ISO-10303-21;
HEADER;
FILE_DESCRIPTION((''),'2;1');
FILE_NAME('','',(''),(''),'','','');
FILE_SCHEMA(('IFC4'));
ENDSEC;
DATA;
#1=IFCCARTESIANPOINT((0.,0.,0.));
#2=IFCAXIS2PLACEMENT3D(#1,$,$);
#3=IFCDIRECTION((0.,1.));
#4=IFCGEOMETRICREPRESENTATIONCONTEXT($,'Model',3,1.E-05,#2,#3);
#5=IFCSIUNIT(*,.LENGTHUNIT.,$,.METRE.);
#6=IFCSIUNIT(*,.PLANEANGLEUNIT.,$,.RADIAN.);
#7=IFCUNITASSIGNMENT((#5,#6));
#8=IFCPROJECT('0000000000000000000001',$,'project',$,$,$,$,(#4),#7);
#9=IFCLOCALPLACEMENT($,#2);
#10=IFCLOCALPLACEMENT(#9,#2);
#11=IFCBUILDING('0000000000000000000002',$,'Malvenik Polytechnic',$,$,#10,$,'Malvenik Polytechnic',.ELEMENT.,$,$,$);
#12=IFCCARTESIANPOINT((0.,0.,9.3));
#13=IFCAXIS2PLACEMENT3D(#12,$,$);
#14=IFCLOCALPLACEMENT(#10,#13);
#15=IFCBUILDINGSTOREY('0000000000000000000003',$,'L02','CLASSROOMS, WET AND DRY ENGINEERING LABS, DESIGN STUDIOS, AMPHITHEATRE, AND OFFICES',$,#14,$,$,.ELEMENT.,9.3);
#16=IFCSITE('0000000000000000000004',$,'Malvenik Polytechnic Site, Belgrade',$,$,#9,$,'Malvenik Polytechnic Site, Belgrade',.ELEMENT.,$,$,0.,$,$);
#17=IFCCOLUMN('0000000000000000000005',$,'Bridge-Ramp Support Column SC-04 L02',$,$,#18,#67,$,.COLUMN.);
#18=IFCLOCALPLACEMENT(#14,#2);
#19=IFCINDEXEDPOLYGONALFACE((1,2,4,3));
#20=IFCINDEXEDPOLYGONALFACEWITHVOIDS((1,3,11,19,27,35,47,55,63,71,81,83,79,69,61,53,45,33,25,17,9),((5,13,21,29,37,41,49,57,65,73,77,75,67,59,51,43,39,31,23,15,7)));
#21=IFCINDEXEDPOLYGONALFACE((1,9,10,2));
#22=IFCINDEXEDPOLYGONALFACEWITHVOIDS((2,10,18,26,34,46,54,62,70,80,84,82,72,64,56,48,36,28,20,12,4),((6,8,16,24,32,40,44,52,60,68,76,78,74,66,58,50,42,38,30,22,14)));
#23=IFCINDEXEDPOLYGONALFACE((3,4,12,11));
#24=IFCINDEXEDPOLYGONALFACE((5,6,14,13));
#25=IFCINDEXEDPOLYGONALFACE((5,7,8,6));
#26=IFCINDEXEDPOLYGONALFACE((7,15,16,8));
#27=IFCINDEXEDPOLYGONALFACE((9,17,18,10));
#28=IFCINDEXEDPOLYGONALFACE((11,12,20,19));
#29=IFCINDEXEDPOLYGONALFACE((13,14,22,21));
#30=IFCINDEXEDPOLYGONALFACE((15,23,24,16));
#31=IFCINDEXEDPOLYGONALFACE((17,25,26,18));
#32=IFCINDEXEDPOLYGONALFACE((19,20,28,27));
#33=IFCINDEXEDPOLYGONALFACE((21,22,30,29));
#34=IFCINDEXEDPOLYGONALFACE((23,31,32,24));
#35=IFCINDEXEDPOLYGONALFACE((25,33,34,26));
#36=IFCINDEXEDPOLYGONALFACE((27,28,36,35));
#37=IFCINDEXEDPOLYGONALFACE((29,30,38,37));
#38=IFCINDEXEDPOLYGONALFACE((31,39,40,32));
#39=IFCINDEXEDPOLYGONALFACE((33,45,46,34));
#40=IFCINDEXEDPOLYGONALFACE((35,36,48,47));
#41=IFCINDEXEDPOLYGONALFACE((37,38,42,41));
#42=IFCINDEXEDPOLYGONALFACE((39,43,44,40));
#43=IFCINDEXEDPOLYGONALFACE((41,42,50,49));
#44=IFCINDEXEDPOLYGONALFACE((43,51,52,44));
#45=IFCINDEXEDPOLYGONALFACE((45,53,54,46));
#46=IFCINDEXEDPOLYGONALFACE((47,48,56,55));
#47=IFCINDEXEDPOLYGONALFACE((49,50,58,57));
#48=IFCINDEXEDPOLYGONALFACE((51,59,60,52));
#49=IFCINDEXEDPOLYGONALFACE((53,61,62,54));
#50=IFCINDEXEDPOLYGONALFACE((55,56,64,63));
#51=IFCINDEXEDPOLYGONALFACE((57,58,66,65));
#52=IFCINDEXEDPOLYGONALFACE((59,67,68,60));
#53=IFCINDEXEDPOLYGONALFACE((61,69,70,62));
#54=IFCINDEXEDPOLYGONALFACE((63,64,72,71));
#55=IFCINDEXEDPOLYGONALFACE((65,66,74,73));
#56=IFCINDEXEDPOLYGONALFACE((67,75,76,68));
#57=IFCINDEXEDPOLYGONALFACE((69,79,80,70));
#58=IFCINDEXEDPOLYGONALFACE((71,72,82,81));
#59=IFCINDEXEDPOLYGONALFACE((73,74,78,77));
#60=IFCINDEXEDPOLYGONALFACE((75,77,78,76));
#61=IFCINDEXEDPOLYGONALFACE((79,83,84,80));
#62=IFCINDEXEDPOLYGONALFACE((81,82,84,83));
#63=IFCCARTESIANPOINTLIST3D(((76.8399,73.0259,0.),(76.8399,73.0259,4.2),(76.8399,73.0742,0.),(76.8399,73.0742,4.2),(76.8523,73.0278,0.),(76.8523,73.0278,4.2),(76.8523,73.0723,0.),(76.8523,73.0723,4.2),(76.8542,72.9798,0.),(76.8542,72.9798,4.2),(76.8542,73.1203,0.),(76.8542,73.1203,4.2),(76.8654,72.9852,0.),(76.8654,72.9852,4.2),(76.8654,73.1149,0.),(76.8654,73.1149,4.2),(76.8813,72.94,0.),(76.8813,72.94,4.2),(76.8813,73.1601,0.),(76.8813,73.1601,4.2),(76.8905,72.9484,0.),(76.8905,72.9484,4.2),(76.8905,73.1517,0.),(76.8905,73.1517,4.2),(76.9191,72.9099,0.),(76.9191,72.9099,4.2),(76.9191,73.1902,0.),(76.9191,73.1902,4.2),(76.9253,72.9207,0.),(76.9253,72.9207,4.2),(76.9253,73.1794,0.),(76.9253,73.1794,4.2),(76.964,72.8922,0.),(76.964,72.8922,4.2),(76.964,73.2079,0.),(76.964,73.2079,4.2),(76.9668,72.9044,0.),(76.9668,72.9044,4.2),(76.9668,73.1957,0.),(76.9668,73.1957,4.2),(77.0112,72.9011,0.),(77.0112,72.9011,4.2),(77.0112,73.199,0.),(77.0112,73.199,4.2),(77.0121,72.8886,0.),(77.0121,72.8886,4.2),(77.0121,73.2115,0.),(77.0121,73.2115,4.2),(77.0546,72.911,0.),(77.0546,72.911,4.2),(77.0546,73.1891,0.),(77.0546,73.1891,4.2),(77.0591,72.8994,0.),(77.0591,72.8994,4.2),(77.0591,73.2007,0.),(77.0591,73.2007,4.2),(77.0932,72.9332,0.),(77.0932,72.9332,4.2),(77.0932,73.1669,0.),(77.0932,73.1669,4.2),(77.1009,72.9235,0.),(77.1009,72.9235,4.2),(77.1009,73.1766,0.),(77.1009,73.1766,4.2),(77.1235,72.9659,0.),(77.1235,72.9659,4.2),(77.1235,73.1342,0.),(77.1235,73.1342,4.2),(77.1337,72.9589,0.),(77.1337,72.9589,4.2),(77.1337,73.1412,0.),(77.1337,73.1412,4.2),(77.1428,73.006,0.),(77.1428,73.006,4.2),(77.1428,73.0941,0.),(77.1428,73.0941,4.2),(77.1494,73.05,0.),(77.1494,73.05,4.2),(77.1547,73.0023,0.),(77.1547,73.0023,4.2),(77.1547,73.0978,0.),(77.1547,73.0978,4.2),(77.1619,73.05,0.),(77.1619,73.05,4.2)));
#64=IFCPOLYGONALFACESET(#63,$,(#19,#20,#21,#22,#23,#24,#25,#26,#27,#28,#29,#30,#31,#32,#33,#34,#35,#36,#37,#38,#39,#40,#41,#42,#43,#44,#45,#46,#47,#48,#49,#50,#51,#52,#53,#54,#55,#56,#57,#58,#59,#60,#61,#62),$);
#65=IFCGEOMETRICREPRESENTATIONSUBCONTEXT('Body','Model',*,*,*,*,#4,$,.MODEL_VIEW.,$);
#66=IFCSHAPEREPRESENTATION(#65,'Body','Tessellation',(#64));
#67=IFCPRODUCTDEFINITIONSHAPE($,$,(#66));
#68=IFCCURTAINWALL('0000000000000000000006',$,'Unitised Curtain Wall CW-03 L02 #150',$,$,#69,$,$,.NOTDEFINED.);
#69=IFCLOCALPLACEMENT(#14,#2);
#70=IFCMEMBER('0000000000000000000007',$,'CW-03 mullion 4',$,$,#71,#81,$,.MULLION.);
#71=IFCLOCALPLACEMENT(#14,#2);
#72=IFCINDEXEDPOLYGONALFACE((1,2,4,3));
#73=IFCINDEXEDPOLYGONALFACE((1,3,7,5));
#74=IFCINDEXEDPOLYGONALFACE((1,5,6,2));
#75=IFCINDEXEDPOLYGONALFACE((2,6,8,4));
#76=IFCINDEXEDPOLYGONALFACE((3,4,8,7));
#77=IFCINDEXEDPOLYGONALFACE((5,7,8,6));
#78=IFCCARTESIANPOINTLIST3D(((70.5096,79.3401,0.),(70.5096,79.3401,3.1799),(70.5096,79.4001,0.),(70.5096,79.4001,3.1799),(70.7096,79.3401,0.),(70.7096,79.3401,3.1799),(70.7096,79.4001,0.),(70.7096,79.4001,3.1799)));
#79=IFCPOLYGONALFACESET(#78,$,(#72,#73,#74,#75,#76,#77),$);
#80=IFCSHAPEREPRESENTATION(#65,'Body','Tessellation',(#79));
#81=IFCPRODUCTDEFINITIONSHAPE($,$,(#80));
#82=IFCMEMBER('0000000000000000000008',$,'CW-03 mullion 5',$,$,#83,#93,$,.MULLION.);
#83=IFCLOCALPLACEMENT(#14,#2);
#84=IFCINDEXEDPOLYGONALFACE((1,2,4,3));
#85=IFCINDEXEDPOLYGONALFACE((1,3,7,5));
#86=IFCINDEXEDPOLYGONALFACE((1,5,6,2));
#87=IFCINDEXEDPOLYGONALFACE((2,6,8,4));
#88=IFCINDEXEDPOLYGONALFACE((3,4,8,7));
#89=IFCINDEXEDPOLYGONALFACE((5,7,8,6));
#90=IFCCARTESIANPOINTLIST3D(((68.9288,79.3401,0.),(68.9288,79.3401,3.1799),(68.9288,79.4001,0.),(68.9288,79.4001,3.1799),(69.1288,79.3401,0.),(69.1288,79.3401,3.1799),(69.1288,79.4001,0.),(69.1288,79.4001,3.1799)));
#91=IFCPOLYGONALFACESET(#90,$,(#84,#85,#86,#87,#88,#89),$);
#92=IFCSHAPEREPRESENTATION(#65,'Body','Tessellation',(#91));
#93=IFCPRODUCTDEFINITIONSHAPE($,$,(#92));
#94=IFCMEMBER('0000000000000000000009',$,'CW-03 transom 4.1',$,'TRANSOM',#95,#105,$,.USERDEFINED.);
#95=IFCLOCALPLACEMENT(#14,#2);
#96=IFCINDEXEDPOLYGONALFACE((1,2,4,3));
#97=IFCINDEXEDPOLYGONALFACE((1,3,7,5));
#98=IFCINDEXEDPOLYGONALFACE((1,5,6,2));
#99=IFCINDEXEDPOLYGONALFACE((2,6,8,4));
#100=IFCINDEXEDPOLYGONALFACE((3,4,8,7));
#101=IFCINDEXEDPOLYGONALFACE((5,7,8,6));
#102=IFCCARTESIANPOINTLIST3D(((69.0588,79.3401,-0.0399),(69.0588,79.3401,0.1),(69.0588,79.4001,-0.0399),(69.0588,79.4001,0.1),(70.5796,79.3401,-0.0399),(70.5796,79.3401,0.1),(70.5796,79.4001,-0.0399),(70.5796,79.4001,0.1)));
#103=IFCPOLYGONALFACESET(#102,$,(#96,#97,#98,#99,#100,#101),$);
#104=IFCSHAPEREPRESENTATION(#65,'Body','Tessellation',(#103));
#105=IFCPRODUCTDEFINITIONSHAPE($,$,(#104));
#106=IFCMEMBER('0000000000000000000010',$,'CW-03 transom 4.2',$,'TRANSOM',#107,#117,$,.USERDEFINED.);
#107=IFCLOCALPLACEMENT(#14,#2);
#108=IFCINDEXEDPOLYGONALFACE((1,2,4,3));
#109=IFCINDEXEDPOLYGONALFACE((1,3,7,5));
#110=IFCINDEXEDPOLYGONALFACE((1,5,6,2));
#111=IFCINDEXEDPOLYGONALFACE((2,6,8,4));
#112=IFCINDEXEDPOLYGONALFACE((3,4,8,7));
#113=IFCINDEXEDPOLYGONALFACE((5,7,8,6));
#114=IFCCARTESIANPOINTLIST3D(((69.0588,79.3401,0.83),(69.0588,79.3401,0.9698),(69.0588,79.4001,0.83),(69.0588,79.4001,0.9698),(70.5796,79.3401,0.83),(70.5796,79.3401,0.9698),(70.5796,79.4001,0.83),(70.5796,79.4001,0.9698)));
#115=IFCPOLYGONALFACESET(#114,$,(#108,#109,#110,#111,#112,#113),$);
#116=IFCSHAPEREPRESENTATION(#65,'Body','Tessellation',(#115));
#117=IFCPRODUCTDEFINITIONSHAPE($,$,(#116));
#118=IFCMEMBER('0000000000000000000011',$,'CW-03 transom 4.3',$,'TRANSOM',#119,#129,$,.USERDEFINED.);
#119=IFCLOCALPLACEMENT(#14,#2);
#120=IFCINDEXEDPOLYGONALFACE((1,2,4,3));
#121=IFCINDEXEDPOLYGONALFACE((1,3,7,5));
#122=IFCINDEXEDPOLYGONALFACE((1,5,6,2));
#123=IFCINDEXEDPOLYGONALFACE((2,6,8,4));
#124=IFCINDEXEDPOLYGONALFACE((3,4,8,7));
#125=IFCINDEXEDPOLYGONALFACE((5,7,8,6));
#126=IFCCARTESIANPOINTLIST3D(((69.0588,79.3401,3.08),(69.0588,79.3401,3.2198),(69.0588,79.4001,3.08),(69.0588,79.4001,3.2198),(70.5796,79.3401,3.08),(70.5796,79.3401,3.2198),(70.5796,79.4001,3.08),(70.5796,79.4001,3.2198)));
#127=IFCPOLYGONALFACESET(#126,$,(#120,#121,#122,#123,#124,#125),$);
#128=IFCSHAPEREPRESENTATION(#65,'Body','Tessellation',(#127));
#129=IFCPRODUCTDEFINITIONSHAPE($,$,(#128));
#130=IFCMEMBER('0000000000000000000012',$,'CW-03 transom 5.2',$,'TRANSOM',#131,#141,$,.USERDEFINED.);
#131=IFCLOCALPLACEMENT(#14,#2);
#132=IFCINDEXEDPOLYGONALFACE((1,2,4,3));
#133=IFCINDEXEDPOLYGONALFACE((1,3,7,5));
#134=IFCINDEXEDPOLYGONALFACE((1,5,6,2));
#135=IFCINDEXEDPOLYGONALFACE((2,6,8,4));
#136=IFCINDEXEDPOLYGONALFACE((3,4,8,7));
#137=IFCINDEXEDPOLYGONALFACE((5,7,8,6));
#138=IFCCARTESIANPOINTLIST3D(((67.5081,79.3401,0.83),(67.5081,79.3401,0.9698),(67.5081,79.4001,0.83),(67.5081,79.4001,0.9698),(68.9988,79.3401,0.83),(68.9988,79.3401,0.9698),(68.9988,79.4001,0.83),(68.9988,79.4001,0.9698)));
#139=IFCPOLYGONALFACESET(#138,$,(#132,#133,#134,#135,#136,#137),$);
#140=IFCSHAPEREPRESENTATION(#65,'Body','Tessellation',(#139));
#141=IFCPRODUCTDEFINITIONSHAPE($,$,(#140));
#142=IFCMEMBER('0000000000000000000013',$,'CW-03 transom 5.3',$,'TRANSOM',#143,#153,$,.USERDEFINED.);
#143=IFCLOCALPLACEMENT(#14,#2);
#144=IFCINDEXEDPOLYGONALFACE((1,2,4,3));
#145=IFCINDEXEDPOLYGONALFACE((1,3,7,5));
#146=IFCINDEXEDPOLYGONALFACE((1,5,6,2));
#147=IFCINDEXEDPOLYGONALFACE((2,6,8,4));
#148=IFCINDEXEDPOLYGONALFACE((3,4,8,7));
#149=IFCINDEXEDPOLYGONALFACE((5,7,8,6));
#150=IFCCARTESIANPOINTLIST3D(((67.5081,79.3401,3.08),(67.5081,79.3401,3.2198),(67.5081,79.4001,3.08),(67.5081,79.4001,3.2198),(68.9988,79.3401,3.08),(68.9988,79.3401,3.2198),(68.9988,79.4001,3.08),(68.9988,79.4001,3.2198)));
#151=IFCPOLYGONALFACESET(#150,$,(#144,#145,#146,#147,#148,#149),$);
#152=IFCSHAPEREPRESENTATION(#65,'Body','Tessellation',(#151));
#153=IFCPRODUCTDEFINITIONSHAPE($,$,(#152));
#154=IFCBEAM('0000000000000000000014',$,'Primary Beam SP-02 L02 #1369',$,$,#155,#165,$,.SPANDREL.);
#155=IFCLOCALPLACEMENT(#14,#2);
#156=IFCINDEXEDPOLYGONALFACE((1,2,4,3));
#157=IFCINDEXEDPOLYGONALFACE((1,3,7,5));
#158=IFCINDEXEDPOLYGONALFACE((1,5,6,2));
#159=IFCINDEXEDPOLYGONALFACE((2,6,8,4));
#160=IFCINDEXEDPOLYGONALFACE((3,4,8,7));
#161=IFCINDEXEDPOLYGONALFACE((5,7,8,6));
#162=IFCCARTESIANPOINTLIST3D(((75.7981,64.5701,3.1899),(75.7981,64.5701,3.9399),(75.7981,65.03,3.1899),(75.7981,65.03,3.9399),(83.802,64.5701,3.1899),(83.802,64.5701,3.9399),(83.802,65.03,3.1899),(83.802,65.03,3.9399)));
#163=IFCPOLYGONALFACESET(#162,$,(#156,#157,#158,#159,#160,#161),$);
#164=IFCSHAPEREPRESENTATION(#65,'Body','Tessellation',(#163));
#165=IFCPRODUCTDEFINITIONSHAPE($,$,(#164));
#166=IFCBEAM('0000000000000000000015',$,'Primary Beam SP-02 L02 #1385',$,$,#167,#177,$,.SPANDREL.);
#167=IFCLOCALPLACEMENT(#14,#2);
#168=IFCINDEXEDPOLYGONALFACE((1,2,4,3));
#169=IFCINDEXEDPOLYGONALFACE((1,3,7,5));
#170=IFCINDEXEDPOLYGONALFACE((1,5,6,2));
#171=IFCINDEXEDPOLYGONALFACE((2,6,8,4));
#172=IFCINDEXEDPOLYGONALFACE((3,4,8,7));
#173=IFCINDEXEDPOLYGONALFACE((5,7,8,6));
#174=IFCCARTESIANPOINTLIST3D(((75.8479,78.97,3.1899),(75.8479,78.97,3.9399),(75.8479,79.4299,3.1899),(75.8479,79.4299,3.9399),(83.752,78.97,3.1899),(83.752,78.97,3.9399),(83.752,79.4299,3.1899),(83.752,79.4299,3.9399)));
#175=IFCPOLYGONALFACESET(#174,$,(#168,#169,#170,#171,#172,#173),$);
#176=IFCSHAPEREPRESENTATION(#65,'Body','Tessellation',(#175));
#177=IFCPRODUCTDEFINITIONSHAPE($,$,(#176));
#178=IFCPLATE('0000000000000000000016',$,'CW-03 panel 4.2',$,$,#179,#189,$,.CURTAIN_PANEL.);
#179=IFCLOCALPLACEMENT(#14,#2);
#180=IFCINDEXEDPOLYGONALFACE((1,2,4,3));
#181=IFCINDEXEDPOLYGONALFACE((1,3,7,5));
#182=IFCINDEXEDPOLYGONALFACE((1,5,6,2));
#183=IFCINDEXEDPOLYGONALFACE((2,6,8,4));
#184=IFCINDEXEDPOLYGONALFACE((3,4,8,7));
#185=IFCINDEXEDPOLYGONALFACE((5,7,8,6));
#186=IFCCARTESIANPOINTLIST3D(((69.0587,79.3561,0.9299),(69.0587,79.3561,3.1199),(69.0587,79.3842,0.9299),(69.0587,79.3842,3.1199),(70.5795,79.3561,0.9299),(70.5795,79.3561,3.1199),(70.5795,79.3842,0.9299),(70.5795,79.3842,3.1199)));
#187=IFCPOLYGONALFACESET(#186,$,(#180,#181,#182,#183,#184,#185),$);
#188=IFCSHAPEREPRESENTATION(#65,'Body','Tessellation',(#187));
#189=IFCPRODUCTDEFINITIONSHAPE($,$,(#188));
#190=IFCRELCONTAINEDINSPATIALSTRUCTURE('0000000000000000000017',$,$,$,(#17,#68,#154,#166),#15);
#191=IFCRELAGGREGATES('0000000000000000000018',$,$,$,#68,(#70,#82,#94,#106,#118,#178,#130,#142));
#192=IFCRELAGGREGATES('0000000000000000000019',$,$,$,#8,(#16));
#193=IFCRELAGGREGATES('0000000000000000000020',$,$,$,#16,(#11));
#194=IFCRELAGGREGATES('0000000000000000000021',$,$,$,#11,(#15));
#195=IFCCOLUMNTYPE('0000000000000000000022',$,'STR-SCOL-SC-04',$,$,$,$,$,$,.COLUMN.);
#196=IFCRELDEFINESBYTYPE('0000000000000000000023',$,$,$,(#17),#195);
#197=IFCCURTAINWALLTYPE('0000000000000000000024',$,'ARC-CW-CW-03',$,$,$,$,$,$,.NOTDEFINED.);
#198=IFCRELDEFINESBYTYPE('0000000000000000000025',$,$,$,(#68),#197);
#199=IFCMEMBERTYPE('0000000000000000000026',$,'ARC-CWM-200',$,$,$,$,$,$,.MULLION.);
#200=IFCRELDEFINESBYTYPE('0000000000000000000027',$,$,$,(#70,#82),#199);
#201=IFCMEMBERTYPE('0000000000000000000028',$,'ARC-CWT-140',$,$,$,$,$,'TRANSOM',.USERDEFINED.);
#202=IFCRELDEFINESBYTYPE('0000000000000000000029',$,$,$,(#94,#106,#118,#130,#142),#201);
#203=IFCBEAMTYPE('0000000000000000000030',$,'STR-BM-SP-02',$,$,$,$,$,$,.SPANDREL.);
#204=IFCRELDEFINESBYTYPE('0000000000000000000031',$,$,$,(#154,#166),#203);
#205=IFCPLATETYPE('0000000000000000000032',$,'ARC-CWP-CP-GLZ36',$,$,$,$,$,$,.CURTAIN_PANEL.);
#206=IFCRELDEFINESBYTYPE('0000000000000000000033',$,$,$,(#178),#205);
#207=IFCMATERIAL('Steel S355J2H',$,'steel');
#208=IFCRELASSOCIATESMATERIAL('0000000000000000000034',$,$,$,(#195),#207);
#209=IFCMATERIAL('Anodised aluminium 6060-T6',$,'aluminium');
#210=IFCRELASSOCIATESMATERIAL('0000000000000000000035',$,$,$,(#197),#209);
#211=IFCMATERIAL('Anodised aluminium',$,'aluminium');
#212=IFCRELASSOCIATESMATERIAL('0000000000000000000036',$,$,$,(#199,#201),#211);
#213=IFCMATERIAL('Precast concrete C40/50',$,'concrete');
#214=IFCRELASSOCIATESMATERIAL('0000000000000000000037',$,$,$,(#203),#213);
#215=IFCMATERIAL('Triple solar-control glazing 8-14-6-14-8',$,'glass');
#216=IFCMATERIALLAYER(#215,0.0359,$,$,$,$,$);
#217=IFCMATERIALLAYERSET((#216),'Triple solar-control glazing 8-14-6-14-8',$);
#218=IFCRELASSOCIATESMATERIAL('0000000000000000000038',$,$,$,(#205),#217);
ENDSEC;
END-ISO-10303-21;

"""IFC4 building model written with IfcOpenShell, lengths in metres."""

from ifc_helpers import new_model, si_unit, direction, frame, origin, origin_2d, place, context, subcontext, project, spatial, rectangle, hollow_circle, extrude, material, layer, layer_set, material_profile, profile_set, type_object, element, aggregate, save


model = new_model("IFC4")

# Units and contexts
model_context = context("Model", 3, precision=1e-05, world=origin(), true_north=direction((0.0, 1.0)))
body_context = subcontext(model_context, "Body", "Model", "MODEL_VIEW")
ifc_project = project(units=[si_unit("LENGTHUNIT", "METRE"), si_unit("PLANEANGLEUNIT", "RADIAN")], contexts=[model_context])

# Site, building, storey
site_placement = place(None, origin())
site = spatial("IfcSite", under=ifc_project, at=site_placement, Name="Malvenik Polytechnic Site, Belgrade", LongName="Malvenik Polytechnic Site, Belgrade", CompositionType="ELEMENT", RefElevation=0.0)
building_placement = place(site_placement, origin())
building = spatial("IfcBuilding", under=site, at=building_placement, Name="Malvenik Polytechnic", LongName="Malvenik Polytechnic", CompositionType="ELEMENT")
storey_placement = place(building_placement, frame((0.0, 0.0, 9.3)))
storey = spatial("IfcBuildingStorey", under=building, at=storey_placement, Name="L02", Description="CLASSROOMS, WET AND DRY ENGINEERING LABS, DESIGN STUDIOS, AMPHITHEATRE, AND OFFICES", CompositionType="ELEMENT", Elevation=9.3)

# Column
ifc_material_1 = material(Name="Steel S355J2H", Category="steel")
ifc_material_profile_1 = material_profile(ifc_material_1, hollow_circle(Radius=0.1619, WallThickness=0.0125, at=origin_2d()), Name="CHS 323.9x12.5")
ifc_profile_set_1 = profile_set([ifc_material_profile_1], Name="Steel S355J2H")
column_type_1 = type_object("IfcColumnType", Name="STR-SCOL-SC-04", PredefinedType="COLUMN", material=ifc_profile_set_1)
for number, where, z_axis, x_axis, name in (
    (1, (77.0, 73.05, 0.0), (0.0, 0.0, 1.0), (1.0, 0.0, 0.0), "Bridge-Ramp Support Column SC-04 L02"),
):
    element("IfcColumn", number, at=place(storey_placement, frame(where, z_axis=z_axis, x_axis=x_axis)), inside=storey, type_object=column_type_1, Name=name, PredefinedType="COLUMN", context=body_context, shape_type="SweptSolid", body=[
        extrude(hollow_circle(Radius=0.1619, WallThickness=0.0125, at=origin_2d()), origin(), (0.0, 0.0, 1.0), 4.2),
    ])

# Curtain wall, members
ifc_material_2 = material(Name="Anodised aluminium 6060-T6", Category="aluminium")
curtain_wall_type = type_object("IfcCurtainWallType", Name="ARC-CW-CW-03", PredefinedType="NOTDEFINED", material=ifc_material_2)
curtain_wall_placement = place(storey_placement, origin())
curtain_wall = element("IfcCurtainWall", 2, at=curtain_wall_placement, inside=storey, type_object=curtain_wall_type, Name="Unitised Curtain Wall CW-03 L02 #150", PredefinedType="NOTDEFINED")
ifc_material_3 = material(Name="Anodised aluminium", Category="aluminium")
ifc_material_profile_2 = material_profile(ifc_material_3, rectangle(XDim=0.0601, YDim=0.2, at=origin_2d()), Name="ALU MULLION 60x200")
ifc_profile_set_2 = profile_set([ifc_material_profile_2], Name="Anodised aluminium")
member_type_1 = type_object("IfcMemberType", Name="ARC-CWM-200", PredefinedType="MULLION", material=ifc_profile_set_2)
member_1_placement = place(storey_placement, frame((70.6096, 79.3701, 0.0), z_axis=(0.0, 0.0, 1.0), x_axis=(0.0, -1.0, 0.0)))
member_1 = element("IfcMember", 3, at=member_1_placement, type_object=member_type_1, Name="CW-03 mullion 4", PredefinedType="MULLION", context=body_context, shape_type="SweptSolid", body=[
    extrude(rectangle(XDim=0.0601, YDim=0.2, at=origin_2d()), origin(), (0.0, 0.0, 1.0), 3.1799),
])
member_2_placement = place(storey_placement, frame((69.0288, 79.3701, 0.0), z_axis=(0.0, 0.0, 1.0), x_axis=(0.0, -1.0, 0.0)))
member_2 = element("IfcMember", 4, at=member_2_placement, type_object=member_type_1, Name="CW-03 mullion 5", PredefinedType="MULLION", context=body_context, shape_type="SweptSolid", body=[
    extrude(rectangle(XDim=0.0601, YDim=0.2, at=origin_2d()), origin(), (0.0, 0.0, 1.0), 3.1799),
])
ifc_material_profile_3 = material_profile(ifc_material_3, rectangle(XDim=0.0601, YDim=0.1399, at=origin_2d()), Name="ALU TRANSOM 60x140")
ifc_profile_set_3 = profile_set([ifc_material_profile_3], Name="Anodised aluminium")
member_type_2 = type_object("IfcMemberType", Name="ARC-CWT-140", ElementType="TRANSOM", PredefinedType="USERDEFINED", material=ifc_profile_set_3)
member_3_placement = place(storey_placement, frame((70.5796, 79.3701, 0.03), z_axis=(-1.0, 0.0, 0.0), x_axis=(0.0, -1.0, 0.0)))
member_3 = element("IfcMember", 5, at=member_3_placement, type_object=member_type_2, Name="CW-03 transom 4.1", ObjectType="TRANSOM", PredefinedType="USERDEFINED", context=body_context, shape_type="SweptSolid", body=[
    extrude(rectangle(XDim=0.0601, YDim=0.1399, at=origin_2d()), origin(), (0.0, 0.0, 1.0), 1.5208),
])
member_4_placement = place(storey_placement, frame((70.5796, 79.3701, 0.8999), z_axis=(-1.0, 0.0, 0.0), x_axis=(0.0, -1.0, 0.0)))
member_4 = element("IfcMember", 6, at=member_4_placement, type_object=member_type_2, Name="CW-03 transom 4.2", ObjectType="TRANSOM", PredefinedType="USERDEFINED", context=body_context, shape_type="SweptSolid", body=[
    extrude(rectangle(XDim=0.0601, YDim=0.1399, at=origin_2d()), origin(), (0.0, 0.0, 1.0), 1.5208),
])
member_5_placement = place(storey_placement, frame((70.5796, 79.3701, 3.1499), z_axis=(-1.0, 0.0, 0.0), x_axis=(0.0, -1.0, 0.0)))
member_5 = element("IfcMember", 7, at=member_5_placement, type_object=member_type_2, Name="CW-03 transom 4.3", ObjectType="TRANSOM", PredefinedType="USERDEFINED", context=body_context, shape_type="SweptSolid", body=[
    extrude(rectangle(XDim=0.0601, YDim=0.1399, at=origin_2d()), origin(), (0.0, 0.0, 1.0), 1.5208),
])
member_6_placement = place(storey_placement, frame((68.9988, 79.3701, 0.8999), z_axis=(-1.0, 0.0, 0.0), x_axis=(0.0, -1.0, 0.0)))
member_6 = element("IfcMember", 8, at=member_6_placement, type_object=member_type_2, Name="CW-03 transom 5.2", ObjectType="TRANSOM", PredefinedType="USERDEFINED", context=body_context, shape_type="SweptSolid", body=[
    extrude(rectangle(XDim=0.0601, YDim=0.1399, at=origin_2d()), origin(), (0.0, 0.0, 1.0), 1.4907),
])
member_7_placement = place(storey_placement, frame((68.9988, 79.3701, 3.1499), z_axis=(-1.0, 0.0, 0.0), x_axis=(0.0, -1.0, 0.0)))
member_7 = element("IfcMember", 9, at=member_7_placement, type_object=member_type_2, Name="CW-03 transom 5.3", ObjectType="TRANSOM", PredefinedType="USERDEFINED", context=body_context, shape_type="SweptSolid", body=[
    extrude(rectangle(XDim=0.0601, YDim=0.1399, at=origin_2d()), origin(), (0.0, 0.0, 1.0), 1.4907),
])

# Beams
ifc_material_4 = material(Name="Precast concrete C40/50", Category="concrete")
ifc_material_profile_4 = material_profile(ifc_material_4, rectangle(XDim=0.46, YDim=0.75, at=origin_2d()), Name="PC SPN 460x750")
ifc_profile_set_4 = profile_set([ifc_material_profile_4], Name="Precast concrete C40/50")
beam_type = type_object("IfcBeamType", Name="STR-BM-SP-02", PredefinedType="SPANDREL", material=ifc_profile_set_4)
beam_1_placement = place(storey_placement, frame((75.7981, 64.8, 3.5649), z_axis=(1.0, 0.0, 0.0), x_axis=(0.0, 1.0, 0.0)))
element("IfcBeam", 10, at=beam_1_placement, inside=storey, type_object=beam_type, Name="Primary Beam SP-02 L02 #1369", PredefinedType="SPANDREL", context=body_context, shape_type="SweptSolid", body=[
    extrude(rectangle(XDim=0.46, YDim=0.75, at=origin_2d()), origin(), (0.0, 0.0, 1.0), 8.0039),
])
beam_2_placement = place(storey_placement, frame((75.8479, 79.2, 3.5649), z_axis=(1.0, 0.0, 0.0), x_axis=(0.0, 1.0, 0.0)))
element("IfcBeam", 11, at=beam_2_placement, inside=storey, type_object=beam_type, Name="Primary Beam SP-02 L02 #1385", PredefinedType="SPANDREL", context=body_context, shape_type="SweptSolid", body=[
    extrude(rectangle(XDim=0.46, YDim=0.75, at=origin_2d()), origin(), (0.0, 0.0, 1.0), 7.9041),
])

# Plate
ifc_material_5 = material(Name="Triple solar-control glazing 8-14-6-14-8", Category="glass")
ifc_layer_1 = layer(ifc_material_5, 0.0359)
ifc_layer_set_1 = layer_set([ifc_layer_1], Name="Triple solar-control glazing 8-14-6-14-8")
plate_type_1 = type_object("IfcPlateType", Name="ARC-CWP-CP-GLZ36", PredefinedType="CURTAIN_PANEL", material=ifc_layer_set_1)
plate_1_placement = place(storey_placement, frame((69.8191, 79.3701, 0.9299), z_axis=(0.0, 0.0, 1.0), x_axis=(-1.0, 0.0, 0.0)))
plate_1 = element("IfcPlate", 12, at=plate_1_placement, type_object=plate_type_1, Name="CW-03 panel 4.2", PredefinedType="CURTAIN_PANEL", context=body_context, shape_type="SweptSolid", body=[
    extrude(rectangle(XDim=1.5208, YDim=0.0281, at=origin_2d()), origin(), (0.0, 0.0, 1.0), 2.1899),
])
aggregate(curtain_wall, [member_1, member_2, member_3, member_4, member_5, plate_1, member_6, member_7])

save(model, "model.ifc")
